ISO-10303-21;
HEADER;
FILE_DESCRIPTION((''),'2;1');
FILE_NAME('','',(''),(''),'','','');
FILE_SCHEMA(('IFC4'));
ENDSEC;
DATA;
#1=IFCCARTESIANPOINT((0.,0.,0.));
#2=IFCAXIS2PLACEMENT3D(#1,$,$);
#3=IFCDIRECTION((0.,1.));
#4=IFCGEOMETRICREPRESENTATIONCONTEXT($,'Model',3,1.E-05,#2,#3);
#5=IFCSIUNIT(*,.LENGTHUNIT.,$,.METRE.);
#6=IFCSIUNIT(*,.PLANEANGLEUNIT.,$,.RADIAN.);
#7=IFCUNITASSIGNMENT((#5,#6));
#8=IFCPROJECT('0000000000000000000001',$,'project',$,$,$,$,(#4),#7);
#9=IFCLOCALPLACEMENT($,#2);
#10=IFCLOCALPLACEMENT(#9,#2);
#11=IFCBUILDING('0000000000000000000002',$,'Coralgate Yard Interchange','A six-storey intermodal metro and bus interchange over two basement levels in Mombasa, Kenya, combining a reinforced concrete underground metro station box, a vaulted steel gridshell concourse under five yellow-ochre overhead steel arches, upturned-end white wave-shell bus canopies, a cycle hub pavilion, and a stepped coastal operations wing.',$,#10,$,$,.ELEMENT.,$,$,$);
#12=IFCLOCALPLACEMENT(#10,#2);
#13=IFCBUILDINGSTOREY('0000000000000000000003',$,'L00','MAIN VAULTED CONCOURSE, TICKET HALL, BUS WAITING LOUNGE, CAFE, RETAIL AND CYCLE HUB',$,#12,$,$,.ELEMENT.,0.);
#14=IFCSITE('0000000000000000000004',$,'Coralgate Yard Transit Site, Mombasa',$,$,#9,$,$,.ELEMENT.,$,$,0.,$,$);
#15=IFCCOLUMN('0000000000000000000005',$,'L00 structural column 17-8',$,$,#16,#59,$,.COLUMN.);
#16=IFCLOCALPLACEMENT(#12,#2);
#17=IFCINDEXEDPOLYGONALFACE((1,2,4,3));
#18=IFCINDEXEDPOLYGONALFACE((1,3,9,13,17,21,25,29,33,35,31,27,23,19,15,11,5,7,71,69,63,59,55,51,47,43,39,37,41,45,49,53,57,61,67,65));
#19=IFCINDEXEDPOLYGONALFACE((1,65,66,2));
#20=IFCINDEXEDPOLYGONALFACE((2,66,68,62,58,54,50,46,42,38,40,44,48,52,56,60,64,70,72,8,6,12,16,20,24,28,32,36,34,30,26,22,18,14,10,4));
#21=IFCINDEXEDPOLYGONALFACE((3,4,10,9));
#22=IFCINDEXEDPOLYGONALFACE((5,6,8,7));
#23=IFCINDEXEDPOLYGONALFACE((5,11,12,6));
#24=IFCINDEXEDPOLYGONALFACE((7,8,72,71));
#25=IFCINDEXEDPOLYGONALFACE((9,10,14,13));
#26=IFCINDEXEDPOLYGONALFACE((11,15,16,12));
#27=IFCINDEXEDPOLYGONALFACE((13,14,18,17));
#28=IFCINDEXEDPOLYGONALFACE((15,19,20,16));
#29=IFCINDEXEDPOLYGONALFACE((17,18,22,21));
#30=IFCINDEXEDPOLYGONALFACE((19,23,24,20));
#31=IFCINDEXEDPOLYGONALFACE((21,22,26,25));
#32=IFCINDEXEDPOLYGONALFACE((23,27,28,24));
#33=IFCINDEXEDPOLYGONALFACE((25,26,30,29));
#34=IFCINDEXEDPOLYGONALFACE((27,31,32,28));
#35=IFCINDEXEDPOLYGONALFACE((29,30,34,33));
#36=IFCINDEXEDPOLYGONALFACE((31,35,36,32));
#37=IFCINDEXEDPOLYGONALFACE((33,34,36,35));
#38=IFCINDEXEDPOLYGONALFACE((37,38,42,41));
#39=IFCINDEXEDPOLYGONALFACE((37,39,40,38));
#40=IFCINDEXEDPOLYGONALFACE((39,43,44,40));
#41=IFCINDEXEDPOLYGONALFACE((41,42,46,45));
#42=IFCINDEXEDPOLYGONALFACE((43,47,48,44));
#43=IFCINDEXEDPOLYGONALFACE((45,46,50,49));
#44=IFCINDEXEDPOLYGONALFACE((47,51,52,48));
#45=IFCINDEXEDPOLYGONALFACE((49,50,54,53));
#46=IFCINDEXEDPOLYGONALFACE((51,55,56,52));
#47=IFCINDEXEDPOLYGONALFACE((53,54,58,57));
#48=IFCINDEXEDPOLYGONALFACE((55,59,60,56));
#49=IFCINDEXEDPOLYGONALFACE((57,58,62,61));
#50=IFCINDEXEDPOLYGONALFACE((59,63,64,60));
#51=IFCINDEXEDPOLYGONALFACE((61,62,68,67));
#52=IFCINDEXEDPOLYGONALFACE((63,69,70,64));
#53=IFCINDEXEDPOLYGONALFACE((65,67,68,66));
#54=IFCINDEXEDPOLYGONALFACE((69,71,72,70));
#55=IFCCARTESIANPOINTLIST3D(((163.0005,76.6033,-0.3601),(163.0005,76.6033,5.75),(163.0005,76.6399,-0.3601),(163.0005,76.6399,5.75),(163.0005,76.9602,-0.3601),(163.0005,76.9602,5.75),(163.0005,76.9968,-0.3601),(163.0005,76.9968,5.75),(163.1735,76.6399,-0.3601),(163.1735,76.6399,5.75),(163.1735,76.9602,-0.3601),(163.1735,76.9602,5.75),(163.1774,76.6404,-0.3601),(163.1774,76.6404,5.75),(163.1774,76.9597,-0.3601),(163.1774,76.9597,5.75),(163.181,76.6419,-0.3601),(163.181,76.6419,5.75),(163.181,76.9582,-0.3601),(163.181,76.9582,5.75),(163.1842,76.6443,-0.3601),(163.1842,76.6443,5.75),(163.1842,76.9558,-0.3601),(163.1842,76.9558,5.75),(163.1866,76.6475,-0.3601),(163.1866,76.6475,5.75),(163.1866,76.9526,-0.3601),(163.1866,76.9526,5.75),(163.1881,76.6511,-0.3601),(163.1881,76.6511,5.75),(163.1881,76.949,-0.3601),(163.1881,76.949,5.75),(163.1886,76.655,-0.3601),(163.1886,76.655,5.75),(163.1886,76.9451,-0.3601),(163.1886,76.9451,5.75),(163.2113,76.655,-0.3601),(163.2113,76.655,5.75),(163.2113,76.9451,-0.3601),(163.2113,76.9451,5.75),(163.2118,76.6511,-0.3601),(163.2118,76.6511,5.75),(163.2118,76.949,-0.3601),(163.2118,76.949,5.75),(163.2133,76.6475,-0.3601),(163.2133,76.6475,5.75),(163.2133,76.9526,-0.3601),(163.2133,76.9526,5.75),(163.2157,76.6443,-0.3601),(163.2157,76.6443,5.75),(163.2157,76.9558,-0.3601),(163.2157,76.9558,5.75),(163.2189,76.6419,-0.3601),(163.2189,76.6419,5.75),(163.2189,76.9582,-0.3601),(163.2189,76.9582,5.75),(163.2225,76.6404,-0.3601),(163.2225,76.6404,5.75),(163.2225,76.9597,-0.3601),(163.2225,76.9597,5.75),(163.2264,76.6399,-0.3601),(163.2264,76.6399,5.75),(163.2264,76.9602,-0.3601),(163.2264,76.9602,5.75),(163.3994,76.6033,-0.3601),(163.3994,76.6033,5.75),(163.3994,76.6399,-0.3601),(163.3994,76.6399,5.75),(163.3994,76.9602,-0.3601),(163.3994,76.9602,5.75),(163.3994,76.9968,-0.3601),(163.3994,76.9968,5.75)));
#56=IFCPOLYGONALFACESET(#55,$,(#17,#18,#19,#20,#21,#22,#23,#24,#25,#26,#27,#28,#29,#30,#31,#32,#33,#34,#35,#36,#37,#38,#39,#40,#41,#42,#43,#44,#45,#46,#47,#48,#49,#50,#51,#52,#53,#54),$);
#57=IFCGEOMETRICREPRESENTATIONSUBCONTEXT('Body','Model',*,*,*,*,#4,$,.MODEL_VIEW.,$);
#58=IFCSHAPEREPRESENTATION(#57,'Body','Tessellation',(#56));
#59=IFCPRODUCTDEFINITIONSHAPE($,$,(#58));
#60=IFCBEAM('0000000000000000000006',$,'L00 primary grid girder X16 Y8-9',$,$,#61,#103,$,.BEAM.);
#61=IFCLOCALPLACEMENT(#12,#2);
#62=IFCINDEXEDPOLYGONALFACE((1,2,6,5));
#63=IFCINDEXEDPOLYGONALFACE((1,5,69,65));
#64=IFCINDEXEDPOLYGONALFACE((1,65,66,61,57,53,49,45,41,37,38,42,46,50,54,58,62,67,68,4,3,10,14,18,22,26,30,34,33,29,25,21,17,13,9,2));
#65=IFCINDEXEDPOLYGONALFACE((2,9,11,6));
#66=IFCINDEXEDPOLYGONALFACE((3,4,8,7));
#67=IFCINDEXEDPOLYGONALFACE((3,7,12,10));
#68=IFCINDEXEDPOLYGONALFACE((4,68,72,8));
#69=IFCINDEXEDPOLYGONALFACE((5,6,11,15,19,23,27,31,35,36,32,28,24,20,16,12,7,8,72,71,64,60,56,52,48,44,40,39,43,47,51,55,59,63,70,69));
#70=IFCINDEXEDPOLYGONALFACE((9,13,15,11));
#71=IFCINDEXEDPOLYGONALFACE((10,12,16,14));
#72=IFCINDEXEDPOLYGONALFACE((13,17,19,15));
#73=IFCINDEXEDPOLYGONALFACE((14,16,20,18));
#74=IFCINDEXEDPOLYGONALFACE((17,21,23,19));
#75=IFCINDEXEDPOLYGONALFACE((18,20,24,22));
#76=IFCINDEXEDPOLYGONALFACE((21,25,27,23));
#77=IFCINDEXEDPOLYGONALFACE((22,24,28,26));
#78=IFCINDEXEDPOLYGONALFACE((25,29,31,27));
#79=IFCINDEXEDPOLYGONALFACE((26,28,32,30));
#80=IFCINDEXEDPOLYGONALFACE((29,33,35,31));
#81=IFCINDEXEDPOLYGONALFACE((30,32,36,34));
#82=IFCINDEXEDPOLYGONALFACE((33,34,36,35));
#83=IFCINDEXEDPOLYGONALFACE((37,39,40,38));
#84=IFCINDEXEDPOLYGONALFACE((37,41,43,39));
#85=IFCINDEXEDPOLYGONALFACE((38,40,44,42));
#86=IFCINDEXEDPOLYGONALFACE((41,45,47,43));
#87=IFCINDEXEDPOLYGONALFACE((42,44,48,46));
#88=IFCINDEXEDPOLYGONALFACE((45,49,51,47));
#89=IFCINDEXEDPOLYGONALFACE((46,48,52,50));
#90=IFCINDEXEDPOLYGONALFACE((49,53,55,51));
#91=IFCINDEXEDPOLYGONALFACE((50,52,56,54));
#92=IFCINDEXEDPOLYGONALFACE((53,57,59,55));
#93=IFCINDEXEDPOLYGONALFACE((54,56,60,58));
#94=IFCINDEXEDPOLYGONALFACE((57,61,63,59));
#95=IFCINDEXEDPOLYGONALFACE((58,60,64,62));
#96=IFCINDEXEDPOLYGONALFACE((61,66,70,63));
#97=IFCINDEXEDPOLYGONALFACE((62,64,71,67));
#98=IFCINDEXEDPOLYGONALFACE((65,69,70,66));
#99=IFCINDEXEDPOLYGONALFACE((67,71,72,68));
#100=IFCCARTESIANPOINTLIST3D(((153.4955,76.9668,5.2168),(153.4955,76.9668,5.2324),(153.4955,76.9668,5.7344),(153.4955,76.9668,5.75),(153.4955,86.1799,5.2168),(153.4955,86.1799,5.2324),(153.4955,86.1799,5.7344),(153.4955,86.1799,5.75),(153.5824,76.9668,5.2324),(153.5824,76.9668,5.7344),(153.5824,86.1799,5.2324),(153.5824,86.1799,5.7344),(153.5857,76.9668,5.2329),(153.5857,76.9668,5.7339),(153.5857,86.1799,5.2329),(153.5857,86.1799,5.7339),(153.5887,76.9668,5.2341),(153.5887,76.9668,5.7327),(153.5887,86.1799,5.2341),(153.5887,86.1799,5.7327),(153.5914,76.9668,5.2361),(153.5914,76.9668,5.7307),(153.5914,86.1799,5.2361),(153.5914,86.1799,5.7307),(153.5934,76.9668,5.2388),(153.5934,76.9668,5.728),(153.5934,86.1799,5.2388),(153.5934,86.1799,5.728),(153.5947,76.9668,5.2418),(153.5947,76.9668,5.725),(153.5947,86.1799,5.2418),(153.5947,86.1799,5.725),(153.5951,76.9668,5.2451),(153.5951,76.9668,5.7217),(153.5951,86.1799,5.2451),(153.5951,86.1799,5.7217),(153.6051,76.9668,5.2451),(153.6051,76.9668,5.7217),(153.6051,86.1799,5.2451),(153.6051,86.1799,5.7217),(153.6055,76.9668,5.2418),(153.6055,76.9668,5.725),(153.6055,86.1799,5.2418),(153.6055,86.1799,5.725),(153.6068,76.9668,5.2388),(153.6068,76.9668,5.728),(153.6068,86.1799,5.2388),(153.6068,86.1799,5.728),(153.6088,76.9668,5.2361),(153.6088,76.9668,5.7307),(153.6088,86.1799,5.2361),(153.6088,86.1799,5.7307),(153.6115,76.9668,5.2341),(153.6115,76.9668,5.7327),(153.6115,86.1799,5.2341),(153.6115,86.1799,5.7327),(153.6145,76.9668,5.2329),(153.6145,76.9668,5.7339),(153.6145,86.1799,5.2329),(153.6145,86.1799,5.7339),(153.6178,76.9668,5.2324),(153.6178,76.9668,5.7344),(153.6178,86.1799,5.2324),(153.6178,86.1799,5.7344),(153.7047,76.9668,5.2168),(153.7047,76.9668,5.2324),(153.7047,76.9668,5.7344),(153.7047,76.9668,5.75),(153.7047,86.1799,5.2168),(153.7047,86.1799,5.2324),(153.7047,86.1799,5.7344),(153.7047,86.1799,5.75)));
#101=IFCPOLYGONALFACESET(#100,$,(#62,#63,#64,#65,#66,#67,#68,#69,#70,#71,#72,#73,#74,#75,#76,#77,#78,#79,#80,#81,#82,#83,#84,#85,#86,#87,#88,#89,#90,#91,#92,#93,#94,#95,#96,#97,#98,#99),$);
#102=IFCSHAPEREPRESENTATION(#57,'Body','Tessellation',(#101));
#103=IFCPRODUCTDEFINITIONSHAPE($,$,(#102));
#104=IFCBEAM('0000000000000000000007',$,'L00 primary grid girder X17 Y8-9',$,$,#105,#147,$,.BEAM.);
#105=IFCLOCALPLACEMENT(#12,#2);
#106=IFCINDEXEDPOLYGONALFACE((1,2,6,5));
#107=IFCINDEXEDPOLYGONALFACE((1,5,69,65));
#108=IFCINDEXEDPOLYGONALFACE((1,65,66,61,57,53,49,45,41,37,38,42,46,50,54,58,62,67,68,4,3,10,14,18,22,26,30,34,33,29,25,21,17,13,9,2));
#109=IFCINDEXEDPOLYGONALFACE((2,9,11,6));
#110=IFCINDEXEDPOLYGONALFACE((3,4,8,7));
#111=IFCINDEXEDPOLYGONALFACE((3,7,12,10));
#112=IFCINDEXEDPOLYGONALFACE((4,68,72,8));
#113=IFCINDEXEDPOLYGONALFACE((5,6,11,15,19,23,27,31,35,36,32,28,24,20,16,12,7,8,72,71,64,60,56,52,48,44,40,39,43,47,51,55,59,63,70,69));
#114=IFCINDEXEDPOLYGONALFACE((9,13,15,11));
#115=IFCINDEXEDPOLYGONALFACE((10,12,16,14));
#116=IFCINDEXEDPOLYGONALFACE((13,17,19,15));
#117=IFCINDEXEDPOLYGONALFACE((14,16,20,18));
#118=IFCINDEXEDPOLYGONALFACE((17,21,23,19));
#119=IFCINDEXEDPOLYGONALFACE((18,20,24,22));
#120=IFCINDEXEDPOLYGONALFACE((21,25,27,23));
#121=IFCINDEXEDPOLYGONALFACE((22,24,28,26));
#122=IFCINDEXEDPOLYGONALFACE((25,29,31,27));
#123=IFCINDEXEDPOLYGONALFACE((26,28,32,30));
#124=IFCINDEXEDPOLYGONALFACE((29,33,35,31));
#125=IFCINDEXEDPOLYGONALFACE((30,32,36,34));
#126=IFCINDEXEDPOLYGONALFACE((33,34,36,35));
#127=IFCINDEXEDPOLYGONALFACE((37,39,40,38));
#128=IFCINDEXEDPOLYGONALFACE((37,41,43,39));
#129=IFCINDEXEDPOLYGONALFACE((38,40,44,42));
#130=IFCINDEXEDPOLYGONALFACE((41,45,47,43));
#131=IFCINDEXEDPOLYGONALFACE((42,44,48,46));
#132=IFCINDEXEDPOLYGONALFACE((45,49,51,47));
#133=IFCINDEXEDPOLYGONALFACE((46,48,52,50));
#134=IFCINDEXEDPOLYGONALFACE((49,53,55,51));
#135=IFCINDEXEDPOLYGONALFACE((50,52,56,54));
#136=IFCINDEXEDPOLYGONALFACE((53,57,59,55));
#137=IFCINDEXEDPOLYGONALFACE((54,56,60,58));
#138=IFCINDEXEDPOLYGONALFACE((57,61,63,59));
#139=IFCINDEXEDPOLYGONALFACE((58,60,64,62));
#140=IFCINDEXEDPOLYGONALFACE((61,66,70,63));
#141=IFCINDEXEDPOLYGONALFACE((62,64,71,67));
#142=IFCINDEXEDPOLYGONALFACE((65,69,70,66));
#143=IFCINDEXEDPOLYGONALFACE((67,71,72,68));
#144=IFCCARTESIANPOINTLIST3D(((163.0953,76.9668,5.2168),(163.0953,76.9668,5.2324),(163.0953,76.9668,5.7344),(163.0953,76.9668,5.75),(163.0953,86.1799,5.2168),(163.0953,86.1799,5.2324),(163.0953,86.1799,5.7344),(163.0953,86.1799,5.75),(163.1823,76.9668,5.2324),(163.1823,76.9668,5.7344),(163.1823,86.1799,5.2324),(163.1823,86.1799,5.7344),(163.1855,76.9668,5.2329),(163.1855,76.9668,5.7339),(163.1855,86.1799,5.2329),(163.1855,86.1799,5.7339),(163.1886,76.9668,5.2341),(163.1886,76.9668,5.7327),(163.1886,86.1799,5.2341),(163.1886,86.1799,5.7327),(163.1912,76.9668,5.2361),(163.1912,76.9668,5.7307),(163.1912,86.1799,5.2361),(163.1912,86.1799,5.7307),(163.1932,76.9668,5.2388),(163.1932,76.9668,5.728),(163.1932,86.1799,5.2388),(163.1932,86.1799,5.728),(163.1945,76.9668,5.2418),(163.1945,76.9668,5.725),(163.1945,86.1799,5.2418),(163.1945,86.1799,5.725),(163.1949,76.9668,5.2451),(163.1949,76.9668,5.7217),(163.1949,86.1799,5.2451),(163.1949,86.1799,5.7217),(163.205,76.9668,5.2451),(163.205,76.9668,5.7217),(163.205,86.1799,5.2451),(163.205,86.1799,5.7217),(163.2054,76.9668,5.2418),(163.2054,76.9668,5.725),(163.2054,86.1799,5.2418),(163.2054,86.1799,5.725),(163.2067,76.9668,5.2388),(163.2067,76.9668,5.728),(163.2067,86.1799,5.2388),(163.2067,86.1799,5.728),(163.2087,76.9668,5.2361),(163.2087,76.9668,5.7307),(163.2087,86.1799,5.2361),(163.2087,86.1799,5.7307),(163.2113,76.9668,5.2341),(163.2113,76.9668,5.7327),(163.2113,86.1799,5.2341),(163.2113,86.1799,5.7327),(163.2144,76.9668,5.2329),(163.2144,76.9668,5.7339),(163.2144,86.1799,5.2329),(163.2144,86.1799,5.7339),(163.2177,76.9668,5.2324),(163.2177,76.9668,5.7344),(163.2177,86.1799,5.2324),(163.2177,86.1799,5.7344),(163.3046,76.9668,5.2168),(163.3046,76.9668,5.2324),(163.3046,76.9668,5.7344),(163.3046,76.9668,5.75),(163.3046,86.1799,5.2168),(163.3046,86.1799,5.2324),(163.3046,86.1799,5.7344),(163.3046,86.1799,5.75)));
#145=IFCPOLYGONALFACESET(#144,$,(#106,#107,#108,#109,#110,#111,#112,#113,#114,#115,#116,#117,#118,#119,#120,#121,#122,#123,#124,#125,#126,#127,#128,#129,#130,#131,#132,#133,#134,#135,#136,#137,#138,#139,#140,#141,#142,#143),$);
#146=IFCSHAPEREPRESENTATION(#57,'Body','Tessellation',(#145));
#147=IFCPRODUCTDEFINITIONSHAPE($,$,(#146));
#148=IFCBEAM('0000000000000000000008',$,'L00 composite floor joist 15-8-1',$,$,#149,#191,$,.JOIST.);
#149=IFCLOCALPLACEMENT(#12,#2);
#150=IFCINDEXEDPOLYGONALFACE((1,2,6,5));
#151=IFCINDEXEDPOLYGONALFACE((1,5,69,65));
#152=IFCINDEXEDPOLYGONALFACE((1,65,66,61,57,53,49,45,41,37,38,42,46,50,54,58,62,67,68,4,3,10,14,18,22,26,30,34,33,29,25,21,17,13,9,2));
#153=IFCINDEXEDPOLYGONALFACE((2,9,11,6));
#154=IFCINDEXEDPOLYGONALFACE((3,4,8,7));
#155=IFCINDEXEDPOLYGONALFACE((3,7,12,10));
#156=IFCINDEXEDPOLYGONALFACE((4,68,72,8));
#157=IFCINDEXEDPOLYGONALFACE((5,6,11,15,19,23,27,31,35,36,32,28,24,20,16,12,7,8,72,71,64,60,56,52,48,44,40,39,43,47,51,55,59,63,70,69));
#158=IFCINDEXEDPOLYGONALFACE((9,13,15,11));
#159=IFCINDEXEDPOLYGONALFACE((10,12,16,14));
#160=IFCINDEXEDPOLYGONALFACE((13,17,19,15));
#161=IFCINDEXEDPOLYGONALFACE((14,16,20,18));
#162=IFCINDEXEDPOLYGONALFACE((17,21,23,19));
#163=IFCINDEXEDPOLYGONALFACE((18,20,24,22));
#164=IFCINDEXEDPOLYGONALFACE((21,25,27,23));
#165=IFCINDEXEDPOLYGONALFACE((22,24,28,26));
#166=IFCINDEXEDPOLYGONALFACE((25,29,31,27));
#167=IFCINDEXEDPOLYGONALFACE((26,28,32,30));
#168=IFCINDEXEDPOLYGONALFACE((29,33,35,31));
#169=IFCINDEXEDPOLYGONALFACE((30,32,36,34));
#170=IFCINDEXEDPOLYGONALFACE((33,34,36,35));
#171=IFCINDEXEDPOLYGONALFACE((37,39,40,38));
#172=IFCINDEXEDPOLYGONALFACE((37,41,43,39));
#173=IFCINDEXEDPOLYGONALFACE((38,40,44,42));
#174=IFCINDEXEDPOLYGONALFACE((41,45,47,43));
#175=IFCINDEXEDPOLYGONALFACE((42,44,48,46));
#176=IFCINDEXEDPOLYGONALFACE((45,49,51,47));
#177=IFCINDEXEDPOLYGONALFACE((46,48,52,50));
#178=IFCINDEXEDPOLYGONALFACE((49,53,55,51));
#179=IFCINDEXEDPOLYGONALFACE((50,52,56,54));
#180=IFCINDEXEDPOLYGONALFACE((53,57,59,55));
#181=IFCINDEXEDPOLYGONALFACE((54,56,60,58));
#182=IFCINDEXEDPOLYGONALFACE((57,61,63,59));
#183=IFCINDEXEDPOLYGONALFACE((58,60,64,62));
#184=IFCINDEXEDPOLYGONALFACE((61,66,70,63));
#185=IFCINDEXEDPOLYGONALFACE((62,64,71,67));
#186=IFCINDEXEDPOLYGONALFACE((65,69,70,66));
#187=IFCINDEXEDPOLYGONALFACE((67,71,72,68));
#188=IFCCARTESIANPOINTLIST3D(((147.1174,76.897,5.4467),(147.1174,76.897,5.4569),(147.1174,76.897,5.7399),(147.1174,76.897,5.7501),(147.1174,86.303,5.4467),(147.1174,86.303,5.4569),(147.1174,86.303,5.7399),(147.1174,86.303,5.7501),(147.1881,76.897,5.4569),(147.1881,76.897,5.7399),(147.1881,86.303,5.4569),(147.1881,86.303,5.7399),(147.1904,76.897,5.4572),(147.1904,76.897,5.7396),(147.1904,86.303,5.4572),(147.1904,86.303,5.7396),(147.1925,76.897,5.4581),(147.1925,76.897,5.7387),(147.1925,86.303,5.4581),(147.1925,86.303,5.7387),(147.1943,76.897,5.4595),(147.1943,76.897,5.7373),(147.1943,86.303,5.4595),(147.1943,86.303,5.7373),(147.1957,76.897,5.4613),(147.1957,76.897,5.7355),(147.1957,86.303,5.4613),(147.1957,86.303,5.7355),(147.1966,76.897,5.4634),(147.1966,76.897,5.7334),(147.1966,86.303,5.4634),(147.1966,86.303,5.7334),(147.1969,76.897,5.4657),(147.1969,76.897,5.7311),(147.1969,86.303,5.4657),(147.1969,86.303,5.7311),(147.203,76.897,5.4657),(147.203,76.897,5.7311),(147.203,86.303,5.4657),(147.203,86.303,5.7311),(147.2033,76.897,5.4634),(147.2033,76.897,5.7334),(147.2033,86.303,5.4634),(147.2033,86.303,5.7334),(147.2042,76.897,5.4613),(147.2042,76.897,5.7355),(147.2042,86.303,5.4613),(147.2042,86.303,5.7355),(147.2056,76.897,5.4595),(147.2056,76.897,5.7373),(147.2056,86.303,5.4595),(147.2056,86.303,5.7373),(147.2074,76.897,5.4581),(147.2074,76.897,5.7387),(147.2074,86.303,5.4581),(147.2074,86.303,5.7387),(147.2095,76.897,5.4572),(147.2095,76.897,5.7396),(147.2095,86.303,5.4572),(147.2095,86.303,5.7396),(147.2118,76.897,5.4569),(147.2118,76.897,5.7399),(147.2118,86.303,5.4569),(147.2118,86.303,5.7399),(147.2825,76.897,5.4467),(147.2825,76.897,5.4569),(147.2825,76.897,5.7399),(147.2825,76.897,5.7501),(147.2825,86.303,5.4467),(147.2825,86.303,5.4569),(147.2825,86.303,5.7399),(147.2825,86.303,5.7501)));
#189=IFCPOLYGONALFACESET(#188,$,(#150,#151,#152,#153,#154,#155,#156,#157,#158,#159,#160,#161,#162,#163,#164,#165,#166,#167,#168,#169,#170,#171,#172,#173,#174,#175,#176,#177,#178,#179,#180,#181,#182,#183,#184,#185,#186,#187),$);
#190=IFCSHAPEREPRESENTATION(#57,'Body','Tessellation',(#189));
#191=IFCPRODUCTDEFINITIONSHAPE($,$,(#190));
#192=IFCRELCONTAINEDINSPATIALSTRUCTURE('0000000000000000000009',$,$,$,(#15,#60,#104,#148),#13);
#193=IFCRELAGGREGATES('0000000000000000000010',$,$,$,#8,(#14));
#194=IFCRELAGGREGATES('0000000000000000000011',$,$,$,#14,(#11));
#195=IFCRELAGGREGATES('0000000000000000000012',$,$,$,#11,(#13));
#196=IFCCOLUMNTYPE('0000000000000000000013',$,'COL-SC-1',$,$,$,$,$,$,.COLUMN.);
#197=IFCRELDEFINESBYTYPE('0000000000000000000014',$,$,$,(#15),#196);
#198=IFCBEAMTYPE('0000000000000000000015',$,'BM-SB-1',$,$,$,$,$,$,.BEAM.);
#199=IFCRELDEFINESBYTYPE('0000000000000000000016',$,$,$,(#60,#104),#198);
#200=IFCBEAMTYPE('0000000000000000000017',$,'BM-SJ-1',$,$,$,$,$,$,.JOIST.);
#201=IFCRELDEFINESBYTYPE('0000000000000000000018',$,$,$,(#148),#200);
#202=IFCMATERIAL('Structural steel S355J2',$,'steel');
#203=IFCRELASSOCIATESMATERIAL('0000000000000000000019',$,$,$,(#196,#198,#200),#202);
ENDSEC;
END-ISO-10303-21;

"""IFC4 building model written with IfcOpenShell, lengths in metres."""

from ifc_helpers import new_model, si_unit, direction, frame, origin, origin_2d, place, context, subcontext, project, spatial, i_section, extrude, material, material_profile, profile_set, type_object, element, save


model = new_model("IFC4")

# Units and contexts
model_context = context("Model", 3, precision=1e-05, world=origin(), true_north=direction((0.0, 1.0)))
body_context = subcontext(model_context, "Body", "Model", "MODEL_VIEW")
ifc_project = project(units=[si_unit("LENGTHUNIT", "METRE"), si_unit("PLANEANGLEUNIT", "RADIAN")], contexts=[model_context])

# Site, building, storey
site_placement = place(None, origin())
site = spatial("IfcSite", under=ifc_project, at=site_placement, Name="Coralgate Yard Transit Site, Mombasa", CompositionType="ELEMENT", RefElevation=0.0)
building_placement = place(site_placement, origin())
building = spatial("IfcBuilding", under=site, at=building_placement, Name="Coralgate Yard Interchange", Description="A six-storey intermodal metro and bus interchange over two basement levels in Mombasa, Kenya, combining a reinforced concrete underground metro station box, a vaulted steel gridshell concourse under five yellow-ochre overhead steel arches, upturned-end white wave-shell bus canopies, a cycle hub pavilion, and a stepped coastal operations wing.", CompositionType="ELEMENT")
storey_placement = place(building_placement, origin())
storey = spatial("IfcBuildingStorey", under=building, at=storey_placement, Name="L00", Description="MAIN VAULTED CONCOURSE, TICKET HALL, BUS WAITING LOUNGE, CAFE, RETAIL AND CYCLE HUB", CompositionType="ELEMENT", Elevation=0.0)

# Column
ifc_material_1 = material(Name="Structural steel S355J2", Category="steel")
ifc_material_profile_1 = material_profile(ifc_material_1, i_section(OverallWidth=0.3989, OverallDepth=0.3936, WebThickness=0.0227, FlangeThickness=0.0366, FilletRadius=0.0151, at=origin_2d()), Name="UC 356x406x287")
ifc_profile_set_1 = profile_set([ifc_material_profile_1], Name="Structural steel S355J2")
column_type = type_object("IfcColumnType", Name="COL-SC-1", PredefinedType="COLUMN", material=ifc_profile_set_1)
column_1_placement = place(storey_placement, frame((163.2, 76.8, -0.3601), z_axis=(0.0, 0.0, 1.0), x_axis=(1.0, 0.0, 0.0)))
element("IfcColumn", 1, at=column_1_placement, inside=storey, type_object=column_type, Name="L00 structural column 17-8", PredefinedType="COLUMN", context=body_context, shape_type="SweptSolid", body=[
    extrude(i_section(OverallWidth=0.3989, OverallDepth=0.3936, WebThickness=0.0227, FlangeThickness=0.0366, FilletRadius=0.0151, at=origin_2d()), origin(), (0.0, 0.0, 1.0), 6.1101),
])

# Beams
ifc_material_profile_2 = material_profile(ifc_material_1, i_section(OverallWidth=0.2092, OverallDepth=0.5332, WebThickness=0.01, FlangeThickness=0.0156, FilletRadius=0.0127, at=origin_2d()), Name="UB 533x210x92")
ifc_profile_set_2 = profile_set([ifc_material_profile_2], Name="Structural steel S355J2")
beam_type_1 = type_object("IfcBeamType", Name="BM-SB-1", PredefinedType="BEAM", material=ifc_profile_set_2)
for number, where, z_axis, x_axis, name in (
    (2, (153.6001, 76.9668, 5.4834), (0.0, 1.0, 0.0), (-1.0, 0.0, 0.0), "L00 primary grid girder X16 Y8-9"),
    (3, (163.2, 76.9668, 5.4834), (0.0, 1.0, 0.0), (-1.0, 0.0, 0.0), "L00 primary grid girder X17 Y8-9"),
):
    element("IfcBeam", number, at=place(storey_placement, frame(where, z_axis=z_axis, x_axis=x_axis)), inside=storey, type_object=beam_type_1, Name=name, PredefinedType="BEAM", context=body_context, shape_type="SweptSolid", body=[
        extrude(i_section(OverallWidth=0.2092, OverallDepth=0.5332, WebThickness=0.01, FlangeThickness=0.0156, FilletRadius=0.0127, at=origin_2d()), origin(), (0.0, 0.0, 1.0), 9.2131),
    ])
ifc_material_profile_3 = material_profile(ifc_material_1, i_section(OverallWidth=0.165, OverallDepth=0.3035, WebThickness=0.0061, FlangeThickness=0.0103, FilletRadius=0.0088, at=origin_2d()), Name="UB 305x165x40")
ifc_profile_set_3 = profile_set([ifc_material_profile_3], Name="Structural steel S355J2")
beam_type_2 = type_object("IfcBeamType", Name="BM-SJ-1", PredefinedType="JOIST", material=ifc_profile_set_3)
for number, where, z_axis, x_axis, name in (
    (4, (147.2, 76.897, 5.5984), (0.0, 1.0, 0.0), (-1.0, 0.0, 0.0), "L00 composite floor joist 15-8-1"),
):
    element("IfcBeam", number, at=place(storey_placement, frame(where, z_axis=z_axis, x_axis=x_axis)), inside=storey, type_object=beam_type_2, Name=name, PredefinedType="JOIST", context=body_context, shape_type="SweptSolid", body=[
        extrude(i_section(OverallWidth=0.165, OverallDepth=0.3035, WebThickness=0.0061, FlangeThickness=0.0103, FilletRadius=0.0088, at=origin_2d()), origin(), (0.0, 0.0, 1.0), 9.406),
    ])

save(model, "model.ifc")
